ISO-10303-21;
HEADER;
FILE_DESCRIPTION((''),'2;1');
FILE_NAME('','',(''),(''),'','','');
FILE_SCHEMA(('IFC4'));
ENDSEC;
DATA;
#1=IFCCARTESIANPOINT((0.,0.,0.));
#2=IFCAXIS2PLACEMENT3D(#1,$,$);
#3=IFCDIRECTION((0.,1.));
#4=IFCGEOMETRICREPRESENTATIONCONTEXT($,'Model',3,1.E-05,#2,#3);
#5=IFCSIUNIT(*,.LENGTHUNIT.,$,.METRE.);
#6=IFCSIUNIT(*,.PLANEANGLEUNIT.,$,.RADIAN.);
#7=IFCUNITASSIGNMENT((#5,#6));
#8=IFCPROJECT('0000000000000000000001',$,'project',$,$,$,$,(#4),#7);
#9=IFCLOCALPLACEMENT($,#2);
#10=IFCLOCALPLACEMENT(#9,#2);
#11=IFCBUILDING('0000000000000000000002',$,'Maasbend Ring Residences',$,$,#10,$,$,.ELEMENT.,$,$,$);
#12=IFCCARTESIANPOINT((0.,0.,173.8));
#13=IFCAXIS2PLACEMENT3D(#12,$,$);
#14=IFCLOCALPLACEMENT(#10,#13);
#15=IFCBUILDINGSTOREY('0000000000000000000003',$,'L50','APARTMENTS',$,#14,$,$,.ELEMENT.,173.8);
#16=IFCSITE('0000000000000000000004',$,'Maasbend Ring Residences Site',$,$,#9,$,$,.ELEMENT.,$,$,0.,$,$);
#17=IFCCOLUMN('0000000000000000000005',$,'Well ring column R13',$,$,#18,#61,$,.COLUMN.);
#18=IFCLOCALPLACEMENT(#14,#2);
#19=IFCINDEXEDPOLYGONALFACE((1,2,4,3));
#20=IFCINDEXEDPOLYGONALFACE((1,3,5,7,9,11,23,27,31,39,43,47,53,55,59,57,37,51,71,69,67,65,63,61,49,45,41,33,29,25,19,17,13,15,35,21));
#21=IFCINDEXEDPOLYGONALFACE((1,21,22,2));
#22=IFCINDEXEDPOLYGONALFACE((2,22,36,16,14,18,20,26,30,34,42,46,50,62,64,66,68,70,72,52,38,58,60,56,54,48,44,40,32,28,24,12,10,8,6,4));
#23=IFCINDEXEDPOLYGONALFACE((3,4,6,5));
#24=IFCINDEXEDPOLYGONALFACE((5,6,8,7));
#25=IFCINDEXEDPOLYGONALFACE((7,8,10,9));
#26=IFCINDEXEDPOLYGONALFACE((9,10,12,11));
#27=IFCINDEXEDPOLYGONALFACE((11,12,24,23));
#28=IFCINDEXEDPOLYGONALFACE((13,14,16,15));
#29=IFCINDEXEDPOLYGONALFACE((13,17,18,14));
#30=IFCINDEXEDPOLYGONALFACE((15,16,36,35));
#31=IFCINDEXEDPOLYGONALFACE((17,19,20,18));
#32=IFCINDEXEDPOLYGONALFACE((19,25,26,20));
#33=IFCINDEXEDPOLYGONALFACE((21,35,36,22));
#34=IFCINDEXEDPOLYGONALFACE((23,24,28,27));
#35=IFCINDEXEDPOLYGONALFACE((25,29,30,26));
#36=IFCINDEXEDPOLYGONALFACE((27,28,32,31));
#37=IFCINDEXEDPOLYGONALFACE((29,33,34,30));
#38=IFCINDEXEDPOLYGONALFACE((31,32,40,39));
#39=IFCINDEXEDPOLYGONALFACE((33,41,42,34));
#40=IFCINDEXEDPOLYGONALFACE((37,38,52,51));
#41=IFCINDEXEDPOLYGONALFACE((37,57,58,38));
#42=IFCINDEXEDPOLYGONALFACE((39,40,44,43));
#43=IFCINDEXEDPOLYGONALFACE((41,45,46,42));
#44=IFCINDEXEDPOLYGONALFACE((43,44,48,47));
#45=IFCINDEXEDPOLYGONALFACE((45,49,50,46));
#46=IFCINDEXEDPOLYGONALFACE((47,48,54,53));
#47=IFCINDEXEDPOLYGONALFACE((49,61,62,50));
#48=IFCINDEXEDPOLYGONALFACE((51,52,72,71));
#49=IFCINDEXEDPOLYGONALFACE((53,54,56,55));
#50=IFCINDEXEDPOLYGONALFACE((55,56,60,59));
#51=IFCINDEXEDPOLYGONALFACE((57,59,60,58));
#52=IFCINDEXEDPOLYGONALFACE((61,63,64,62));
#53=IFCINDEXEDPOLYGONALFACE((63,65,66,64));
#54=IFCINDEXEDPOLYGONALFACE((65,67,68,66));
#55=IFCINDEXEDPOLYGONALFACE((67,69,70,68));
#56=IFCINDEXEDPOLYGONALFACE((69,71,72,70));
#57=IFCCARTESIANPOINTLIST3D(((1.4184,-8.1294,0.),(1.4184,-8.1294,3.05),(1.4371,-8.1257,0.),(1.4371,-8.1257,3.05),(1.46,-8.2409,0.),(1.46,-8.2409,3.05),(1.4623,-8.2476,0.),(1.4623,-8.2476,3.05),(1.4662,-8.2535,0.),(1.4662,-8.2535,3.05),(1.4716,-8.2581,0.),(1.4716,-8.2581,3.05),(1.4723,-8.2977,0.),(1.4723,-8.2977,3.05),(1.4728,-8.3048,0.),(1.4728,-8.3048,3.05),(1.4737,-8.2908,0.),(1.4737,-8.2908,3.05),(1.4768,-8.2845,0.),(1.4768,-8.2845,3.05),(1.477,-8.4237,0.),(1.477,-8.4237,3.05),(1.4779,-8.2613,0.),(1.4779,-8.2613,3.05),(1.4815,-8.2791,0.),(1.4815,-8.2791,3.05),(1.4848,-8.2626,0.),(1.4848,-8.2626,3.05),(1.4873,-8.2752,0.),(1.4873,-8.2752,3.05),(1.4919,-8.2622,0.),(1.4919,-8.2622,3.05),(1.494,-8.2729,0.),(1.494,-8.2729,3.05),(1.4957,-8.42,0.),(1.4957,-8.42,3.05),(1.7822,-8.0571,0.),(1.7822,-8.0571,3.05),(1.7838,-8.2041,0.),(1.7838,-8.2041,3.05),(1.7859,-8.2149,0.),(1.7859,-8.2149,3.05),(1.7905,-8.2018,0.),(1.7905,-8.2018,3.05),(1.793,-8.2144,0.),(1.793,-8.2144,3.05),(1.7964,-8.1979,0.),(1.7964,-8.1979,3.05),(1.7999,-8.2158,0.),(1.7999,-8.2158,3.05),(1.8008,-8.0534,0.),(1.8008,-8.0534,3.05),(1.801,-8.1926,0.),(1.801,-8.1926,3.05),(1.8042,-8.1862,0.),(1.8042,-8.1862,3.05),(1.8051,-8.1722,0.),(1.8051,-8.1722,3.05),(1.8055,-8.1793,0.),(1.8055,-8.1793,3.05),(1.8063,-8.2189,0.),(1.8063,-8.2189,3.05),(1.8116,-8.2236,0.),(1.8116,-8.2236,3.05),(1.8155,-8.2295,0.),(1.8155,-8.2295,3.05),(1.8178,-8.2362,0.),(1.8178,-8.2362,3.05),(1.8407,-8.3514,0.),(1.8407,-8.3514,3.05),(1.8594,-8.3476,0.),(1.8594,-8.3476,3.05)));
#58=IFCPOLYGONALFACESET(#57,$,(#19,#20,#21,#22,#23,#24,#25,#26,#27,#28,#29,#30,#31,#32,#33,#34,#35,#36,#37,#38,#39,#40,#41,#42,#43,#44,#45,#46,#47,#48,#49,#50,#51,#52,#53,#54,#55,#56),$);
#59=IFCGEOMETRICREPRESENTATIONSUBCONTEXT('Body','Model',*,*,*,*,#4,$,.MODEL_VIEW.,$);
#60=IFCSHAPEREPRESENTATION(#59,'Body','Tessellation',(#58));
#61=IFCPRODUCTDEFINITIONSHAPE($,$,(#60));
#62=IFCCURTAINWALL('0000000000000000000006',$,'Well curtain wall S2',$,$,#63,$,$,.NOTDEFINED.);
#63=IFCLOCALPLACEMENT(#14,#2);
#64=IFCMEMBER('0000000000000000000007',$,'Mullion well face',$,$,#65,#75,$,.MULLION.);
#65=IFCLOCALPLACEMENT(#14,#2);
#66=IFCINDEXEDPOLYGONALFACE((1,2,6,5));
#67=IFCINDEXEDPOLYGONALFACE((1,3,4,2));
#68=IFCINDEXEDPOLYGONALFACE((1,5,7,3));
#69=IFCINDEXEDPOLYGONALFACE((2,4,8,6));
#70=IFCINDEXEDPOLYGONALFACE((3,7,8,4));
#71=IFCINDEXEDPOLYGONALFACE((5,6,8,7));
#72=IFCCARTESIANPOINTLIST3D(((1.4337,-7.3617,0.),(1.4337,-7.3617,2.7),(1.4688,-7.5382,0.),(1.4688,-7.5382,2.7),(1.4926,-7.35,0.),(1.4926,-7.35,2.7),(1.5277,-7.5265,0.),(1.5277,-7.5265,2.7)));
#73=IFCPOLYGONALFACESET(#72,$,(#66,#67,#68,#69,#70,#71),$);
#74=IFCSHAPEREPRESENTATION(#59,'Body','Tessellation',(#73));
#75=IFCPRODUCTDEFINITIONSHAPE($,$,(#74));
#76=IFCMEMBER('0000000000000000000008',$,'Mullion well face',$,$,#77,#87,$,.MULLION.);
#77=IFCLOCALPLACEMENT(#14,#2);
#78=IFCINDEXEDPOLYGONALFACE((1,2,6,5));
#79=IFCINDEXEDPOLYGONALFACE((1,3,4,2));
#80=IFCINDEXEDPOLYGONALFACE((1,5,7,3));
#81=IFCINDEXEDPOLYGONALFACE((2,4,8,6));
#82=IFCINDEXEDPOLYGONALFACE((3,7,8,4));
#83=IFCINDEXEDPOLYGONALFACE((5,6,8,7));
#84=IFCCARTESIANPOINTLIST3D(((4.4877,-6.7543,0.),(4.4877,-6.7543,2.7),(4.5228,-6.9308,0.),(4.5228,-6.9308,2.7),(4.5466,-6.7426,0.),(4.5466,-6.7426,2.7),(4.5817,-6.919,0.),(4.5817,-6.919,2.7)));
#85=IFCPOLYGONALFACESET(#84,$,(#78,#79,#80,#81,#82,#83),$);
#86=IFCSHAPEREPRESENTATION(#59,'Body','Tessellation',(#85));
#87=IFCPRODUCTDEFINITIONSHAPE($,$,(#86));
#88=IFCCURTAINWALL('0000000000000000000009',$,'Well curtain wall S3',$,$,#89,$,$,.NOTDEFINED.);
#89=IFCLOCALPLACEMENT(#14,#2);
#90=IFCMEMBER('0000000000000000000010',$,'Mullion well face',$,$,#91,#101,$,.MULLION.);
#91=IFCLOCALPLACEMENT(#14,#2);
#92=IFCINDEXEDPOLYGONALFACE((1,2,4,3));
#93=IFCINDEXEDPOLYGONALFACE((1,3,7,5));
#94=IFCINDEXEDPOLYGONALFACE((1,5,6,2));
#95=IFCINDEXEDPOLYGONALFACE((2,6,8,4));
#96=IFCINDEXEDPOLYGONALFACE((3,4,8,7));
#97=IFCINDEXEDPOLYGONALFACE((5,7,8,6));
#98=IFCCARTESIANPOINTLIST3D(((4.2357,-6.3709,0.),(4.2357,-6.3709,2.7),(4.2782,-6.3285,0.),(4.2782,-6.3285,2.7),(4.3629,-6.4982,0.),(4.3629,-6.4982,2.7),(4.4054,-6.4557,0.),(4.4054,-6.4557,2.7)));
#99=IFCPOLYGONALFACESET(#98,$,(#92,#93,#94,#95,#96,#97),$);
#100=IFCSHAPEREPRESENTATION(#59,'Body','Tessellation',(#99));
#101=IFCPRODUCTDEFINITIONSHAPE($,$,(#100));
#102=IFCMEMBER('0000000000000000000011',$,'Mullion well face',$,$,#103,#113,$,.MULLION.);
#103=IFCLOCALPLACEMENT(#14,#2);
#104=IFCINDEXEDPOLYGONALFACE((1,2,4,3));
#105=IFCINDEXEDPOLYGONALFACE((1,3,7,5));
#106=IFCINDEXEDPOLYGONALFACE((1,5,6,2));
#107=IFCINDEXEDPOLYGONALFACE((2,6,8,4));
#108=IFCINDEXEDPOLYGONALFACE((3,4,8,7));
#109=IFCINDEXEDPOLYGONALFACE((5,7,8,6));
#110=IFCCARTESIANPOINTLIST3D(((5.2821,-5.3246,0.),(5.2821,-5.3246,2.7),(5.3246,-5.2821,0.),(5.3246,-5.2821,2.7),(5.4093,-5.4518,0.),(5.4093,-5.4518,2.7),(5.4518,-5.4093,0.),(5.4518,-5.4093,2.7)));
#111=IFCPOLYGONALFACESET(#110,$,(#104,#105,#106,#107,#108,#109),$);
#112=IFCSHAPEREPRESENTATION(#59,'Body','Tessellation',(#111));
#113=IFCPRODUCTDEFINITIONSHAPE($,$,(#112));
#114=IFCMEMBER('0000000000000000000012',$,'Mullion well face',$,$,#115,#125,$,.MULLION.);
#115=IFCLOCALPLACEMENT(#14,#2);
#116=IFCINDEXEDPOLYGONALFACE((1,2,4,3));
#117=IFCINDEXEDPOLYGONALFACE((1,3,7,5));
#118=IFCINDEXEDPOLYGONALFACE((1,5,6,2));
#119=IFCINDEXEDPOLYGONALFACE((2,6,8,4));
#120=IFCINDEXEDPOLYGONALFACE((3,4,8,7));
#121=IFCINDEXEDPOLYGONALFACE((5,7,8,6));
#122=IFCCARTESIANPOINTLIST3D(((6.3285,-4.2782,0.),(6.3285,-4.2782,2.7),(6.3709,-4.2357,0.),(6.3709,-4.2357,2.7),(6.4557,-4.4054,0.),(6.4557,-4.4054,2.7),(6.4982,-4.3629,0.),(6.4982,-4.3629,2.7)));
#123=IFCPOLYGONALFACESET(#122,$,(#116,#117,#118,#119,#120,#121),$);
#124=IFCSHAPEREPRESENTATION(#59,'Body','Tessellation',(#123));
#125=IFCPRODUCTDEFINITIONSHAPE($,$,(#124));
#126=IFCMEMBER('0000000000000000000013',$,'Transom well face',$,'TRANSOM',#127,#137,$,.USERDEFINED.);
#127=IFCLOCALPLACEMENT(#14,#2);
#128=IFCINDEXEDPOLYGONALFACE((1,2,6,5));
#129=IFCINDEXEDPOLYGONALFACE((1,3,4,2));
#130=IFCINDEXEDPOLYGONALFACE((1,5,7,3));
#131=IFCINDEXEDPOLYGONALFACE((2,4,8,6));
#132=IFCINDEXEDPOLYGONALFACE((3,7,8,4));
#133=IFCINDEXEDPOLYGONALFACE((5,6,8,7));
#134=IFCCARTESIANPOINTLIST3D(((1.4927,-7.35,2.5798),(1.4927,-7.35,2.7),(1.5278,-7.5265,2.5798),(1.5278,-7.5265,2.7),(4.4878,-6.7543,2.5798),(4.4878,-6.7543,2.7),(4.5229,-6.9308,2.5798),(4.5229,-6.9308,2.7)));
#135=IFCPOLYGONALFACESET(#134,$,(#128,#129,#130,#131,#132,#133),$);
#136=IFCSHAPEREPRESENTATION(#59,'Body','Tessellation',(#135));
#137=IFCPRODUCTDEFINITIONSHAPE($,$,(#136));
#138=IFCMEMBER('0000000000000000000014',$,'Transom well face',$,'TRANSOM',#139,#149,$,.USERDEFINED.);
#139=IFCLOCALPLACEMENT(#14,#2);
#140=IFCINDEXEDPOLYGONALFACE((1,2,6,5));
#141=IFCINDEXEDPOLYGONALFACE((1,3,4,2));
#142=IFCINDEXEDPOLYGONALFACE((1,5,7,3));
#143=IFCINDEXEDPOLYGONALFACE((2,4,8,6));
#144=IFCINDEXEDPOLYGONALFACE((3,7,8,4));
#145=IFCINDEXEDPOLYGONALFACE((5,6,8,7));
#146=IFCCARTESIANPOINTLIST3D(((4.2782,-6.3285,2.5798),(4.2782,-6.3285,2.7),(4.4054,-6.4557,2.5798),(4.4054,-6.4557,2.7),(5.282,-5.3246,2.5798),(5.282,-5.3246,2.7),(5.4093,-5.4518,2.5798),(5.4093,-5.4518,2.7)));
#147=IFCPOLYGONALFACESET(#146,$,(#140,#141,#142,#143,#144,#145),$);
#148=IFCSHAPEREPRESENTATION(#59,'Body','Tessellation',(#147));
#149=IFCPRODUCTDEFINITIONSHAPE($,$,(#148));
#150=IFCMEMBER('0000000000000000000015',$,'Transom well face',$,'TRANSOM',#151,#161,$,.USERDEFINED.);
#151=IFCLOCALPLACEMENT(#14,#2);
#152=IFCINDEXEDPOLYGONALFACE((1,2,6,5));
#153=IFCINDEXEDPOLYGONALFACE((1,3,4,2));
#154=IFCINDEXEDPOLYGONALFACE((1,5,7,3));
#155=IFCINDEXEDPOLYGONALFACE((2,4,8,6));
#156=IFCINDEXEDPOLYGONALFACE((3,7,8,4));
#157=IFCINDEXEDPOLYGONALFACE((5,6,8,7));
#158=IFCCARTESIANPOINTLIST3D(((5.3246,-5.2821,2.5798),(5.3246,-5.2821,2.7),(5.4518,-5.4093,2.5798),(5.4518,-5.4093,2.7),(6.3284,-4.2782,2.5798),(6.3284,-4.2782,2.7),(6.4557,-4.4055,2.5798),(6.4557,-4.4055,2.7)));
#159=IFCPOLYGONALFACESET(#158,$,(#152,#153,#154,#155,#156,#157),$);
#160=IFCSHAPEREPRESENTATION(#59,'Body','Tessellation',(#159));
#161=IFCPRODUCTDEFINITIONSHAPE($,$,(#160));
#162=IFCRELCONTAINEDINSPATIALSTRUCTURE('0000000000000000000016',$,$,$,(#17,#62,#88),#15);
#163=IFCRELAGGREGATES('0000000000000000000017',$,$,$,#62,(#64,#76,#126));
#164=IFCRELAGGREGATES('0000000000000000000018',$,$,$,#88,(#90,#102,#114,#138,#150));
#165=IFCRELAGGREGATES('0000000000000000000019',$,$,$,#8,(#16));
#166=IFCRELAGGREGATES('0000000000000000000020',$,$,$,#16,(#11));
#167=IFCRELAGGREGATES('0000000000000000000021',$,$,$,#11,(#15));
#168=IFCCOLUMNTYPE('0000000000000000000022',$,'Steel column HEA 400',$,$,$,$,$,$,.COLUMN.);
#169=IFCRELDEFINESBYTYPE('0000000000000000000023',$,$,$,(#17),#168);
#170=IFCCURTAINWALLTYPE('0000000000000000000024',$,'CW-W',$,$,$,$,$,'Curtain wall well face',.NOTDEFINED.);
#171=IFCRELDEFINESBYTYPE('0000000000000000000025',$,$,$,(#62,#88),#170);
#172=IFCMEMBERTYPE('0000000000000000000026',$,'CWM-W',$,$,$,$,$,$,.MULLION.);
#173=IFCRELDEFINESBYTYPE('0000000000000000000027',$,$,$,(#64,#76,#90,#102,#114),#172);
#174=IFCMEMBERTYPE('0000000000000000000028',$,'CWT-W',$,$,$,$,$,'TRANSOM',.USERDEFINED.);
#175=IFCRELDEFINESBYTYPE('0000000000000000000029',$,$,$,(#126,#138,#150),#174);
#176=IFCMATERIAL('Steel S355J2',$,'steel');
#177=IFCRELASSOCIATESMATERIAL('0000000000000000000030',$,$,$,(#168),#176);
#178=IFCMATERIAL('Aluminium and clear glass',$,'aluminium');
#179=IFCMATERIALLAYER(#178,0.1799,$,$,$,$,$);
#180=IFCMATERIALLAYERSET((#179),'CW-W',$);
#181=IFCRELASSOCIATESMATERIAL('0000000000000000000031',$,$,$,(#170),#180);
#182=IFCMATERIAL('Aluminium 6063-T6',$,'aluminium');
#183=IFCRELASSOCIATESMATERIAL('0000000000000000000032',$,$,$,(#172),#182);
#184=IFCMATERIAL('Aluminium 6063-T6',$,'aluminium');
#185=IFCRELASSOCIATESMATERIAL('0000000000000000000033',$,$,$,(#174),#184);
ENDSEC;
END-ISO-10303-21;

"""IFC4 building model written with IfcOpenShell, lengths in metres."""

from ifc_helpers import new_model, si_unit, direction, frame, origin, origin_2d, place, context, subcontext, project, spatial, rectangle, i_section, extrude, material, layer, layer_set, material_profile, profile_set, type_object, element, aggregate, save


model = new_model("IFC4")

# Units and contexts
model_context = context("Model", 3, precision=1e-05, world=origin(), true_north=direction((0.0, 1.0)))
body_context = subcontext(model_context, "Body", "Model", "MODEL_VIEW")
ifc_project = project(units=[si_unit("LENGTHUNIT", "METRE"), si_unit("PLANEANGLEUNIT", "RADIAN")], contexts=[model_context])

# Site, building, storey
site_placement = place(None, origin())
site = spatial("IfcSite", under=ifc_project, at=site_placement, Name="Maasbend Ring Residences Site", CompositionType="ELEMENT", RefElevation=0.0)
building_placement = place(site_placement, origin())
building = spatial("IfcBuilding", under=site, at=building_placement, Name="Maasbend Ring Residences", CompositionType="ELEMENT")
storey_placement = place(building_placement, frame((0.0, 0.0, 173.8)))
storey = spatial("IfcBuildingStorey", under=building, at=storey_placement, Name="L50", Description="APARTMENTS", CompositionType="ELEMENT", Elevation=173.8)

# Column
ifc_material_1 = material(Name="Steel S355J2", Category="steel")
ifc_material_profile_1 = material_profile(ifc_material_1, i_section(OverallWidth=0.3, OverallDepth=0.3899, WebThickness=0.011, FlangeThickness=0.019, FilletRadius=0.0271, at=origin_2d()), Name="HEA 400")
ifc_profile_set_1 = profile_set([ifc_material_profile_1], Name="Steel S355J2")
column_type = type_object("IfcColumnType", Name="Steel column HEA 400", PredefinedType="COLUMN", material=ifc_profile_set_1)
column_placement = place(storey_placement, frame((1.6389, -8.2385, 0.0), z_axis=(0.0, 0.0, 1.0), x_axis=(0.19509, -0.980785, 0.0)))
element("IfcColumn", 1, at=column_placement, inside=storey, type_object=column_type, Name="Well ring column R13", PredefinedType="COLUMN", context=body_context, shape_type="SweptSolid", body=[
    extrude(i_section(OverallWidth=0.3, OverallDepth=0.3899, WebThickness=0.011, FlangeThickness=0.019, FilletRadius=0.0271, at=origin_2d()), origin(), (0.0, 0.0, 1.0), 3.05),
])

# Curtain walls, members
ifc_material_2 = material(Name="Aluminium and clear glass", Category="aluminium")
ifc_layer_1 = layer(ifc_material_2, 0.1799)
ifc_layer_set_1 = layer_set([ifc_layer_1], Name="CW-W")
curtain_wall_type = type_object("IfcCurtainWallType", Name="CW-W", ElementType="Curtain wall well face", PredefinedType="NOTDEFINED", material=ifc_layer_set_1)
curtain_wall_1_placement = place(storey_placement, origin())
curtain_wall_1 = element("IfcCurtainWall", 2, at=curtain_wall_1_placement, inside=storey, type_object=curtain_wall_type, Name="Well curtain wall S2", PredefinedType="NOTDEFINED")
ifc_material_3 = material(Name="Aluminium 6063-T6", Category="aluminium")
ifc_material_profile_2 = material_profile(ifc_material_3, rectangle(XDim=0.1799, YDim=0.0601, at=origin_2d()), Name="AL 180x60")
ifc_profile_set_2 = profile_set([ifc_material_profile_2], Name="Aluminium 6063-T6")
member_type_1 = type_object("IfcMemberType", Name="CWM-W", PredefinedType="MULLION", material=ifc_profile_set_2)
member_1_placement = place(storey_placement, frame((1.4807, -7.4441, 0.0), z_axis=(0.0, 0.0, 1.0), x_axis=(-0.19509, 0.980785, 0.0)))
member_1 = element("IfcMember", 3, at=member_1_placement, type_object=member_type_1, Name="Mullion well face", PredefinedType="MULLION", context=body_context, shape_type="SweptSolid", body=[
    extrude(rectangle(XDim=0.1799, YDim=0.0601, at=origin_2d()), origin(), (0.0, 0.0, 1.0), 2.7),
])
member_2_placement = place(storey_placement, frame((4.5347, -6.8367, 0.0), z_axis=(0.0, 0.0, 1.0), x_axis=(-0.19509, 0.980785, 0.0)))
member_2 = element("IfcMember", 4, at=member_2_placement, type_object=member_type_1, Name="Mullion well face", PredefinedType="MULLION", context=body_context, shape_type="SweptSolid", body=[
    extrude(rectangle(XDim=0.1799, YDim=0.0601, at=origin_2d()), origin(), (0.0, 0.0, 1.0), 2.7),
])
curtain_wall_2_placement = place(storey_placement, origin())
curtain_wall_2 = element("IfcCurtainWall", 5, at=curtain_wall_2_placement, inside=storey, type_object=curtain_wall_type, Name="Well curtain wall S3", PredefinedType="NOTDEFINED")
member_3_placement = place(storey_placement, frame((4.3206, -6.4133, 0.0), z_axis=(0.0, 0.0, 1.0), x_axis=(-0.707107, 0.707107, 0.0)))
member_3 = element("IfcMember", 6, at=member_3_placement, type_object=member_type_1, Name="Mullion well face", PredefinedType="MULLION", context=body_context, shape_type="SweptSolid", body=[
    extrude(rectangle(XDim=0.1799, YDim=0.0601, at=origin_2d()), origin(), (0.0, 0.0, 1.0), 2.7),
])
member_4_placement = place(storey_placement, frame((5.3669, -5.3669, 0.0), z_axis=(0.0, 0.0, 1.0), x_axis=(-0.707107, 0.707107, 0.0)))
member_4 = element("IfcMember", 7, at=member_4_placement, type_object=member_type_1, Name="Mullion well face", PredefinedType="MULLION", context=body_context, shape_type="SweptSolid", body=[
    extrude(rectangle(XDim=0.1799, YDim=0.0601, at=origin_2d()), origin(), (0.0, 0.0, 1.0), 2.7),
])
member_5_placement = place(storey_placement, frame((6.4133, -4.3206, 0.0), z_axis=(0.0, 0.0, 1.0), x_axis=(-0.707107, 0.707107, 0.0)))
member_5 = element("IfcMember", 8, at=member_5_placement, type_object=member_type_1, Name="Mullion well face", PredefinedType="MULLION", context=body_context, shape_type="SweptSolid", body=[
    extrude(rectangle(XDim=0.1799, YDim=0.0601, at=origin_2d()), origin(), (0.0, 0.0, 1.0), 2.7),
])

# Members
ifc_material_4 = material(Name="Aluminium 6063-T6", Category="aluminium")
ifc_material_profile_3 = material_profile(ifc_material_4, rectangle(XDim=0.1799, YDim=0.1201, at=origin_2d()), Name="AL 180x120")
ifc_profile_set_3 = profile_set([ifc_material_profile_3], Name="Aluminium 6063-T6")
member_type_2 = type_object("IfcMemberType", Name="CWT-W", ElementType="TRANSOM", PredefinedType="USERDEFINED", material=ifc_profile_set_3)
member_6_placement = place(storey_placement, frame((1.5103, -7.4382, 2.6399), z_axis=(0.980789, 0.195071, 0.0), x_axis=(-0.195071, 0.980789, 0.0)))
member_6 = element("IfcMember", 9, at=member_6_placement, type_object=member_type_2, Name="Transom well face", ObjectType="TRANSOM", PredefinedType="USERDEFINED", context=body_context, shape_type="SweptSolid", body=[
    extrude(rectangle(XDim=0.1799, YDim=0.1201, at=origin_2d()), origin(), (0.0, 0.0, 1.0), 3.0537),
])
member_7_placement = place(storey_placement, frame((4.3418, -6.3921, 2.6399), z_axis=(0.707107, 0.707107, 0.0), x_axis=(-0.707107, 0.707107, 0.0)))
member_7 = element("IfcMember", 10, at=member_7_placement, type_object=member_type_2, Name="Transom well face", ObjectType="TRANSOM", PredefinedType="USERDEFINED", context=body_context, shape_type="SweptSolid", body=[
    extrude(rectangle(XDim=0.1799, YDim=0.1201, at=origin_2d()), origin(), (0.0, 0.0, 1.0), 1.4197),
])
member_8_placement = place(storey_placement, frame((5.3882, -5.3457, 2.6399), z_axis=(0.707107, 0.707107, 0.0), x_axis=(-0.707107, 0.707107, 0.0)))
member_8 = element("IfcMember", 11, at=member_8_placement, type_object=member_type_2, Name="Transom well face", ObjectType="TRANSOM", PredefinedType="USERDEFINED", context=body_context, shape_type="SweptSolid", body=[
    extrude(rectangle(XDim=0.1799, YDim=0.1201, at=origin_2d()), origin(), (0.0, 0.0, 1.0), 1.4197),
])

aggregate(curtain_wall_1, [member_1, member_2, member_6])
aggregate(curtain_wall_2, [member_3, member_4, member_5, member_7, member_8])

save(model, "model.ifc")
